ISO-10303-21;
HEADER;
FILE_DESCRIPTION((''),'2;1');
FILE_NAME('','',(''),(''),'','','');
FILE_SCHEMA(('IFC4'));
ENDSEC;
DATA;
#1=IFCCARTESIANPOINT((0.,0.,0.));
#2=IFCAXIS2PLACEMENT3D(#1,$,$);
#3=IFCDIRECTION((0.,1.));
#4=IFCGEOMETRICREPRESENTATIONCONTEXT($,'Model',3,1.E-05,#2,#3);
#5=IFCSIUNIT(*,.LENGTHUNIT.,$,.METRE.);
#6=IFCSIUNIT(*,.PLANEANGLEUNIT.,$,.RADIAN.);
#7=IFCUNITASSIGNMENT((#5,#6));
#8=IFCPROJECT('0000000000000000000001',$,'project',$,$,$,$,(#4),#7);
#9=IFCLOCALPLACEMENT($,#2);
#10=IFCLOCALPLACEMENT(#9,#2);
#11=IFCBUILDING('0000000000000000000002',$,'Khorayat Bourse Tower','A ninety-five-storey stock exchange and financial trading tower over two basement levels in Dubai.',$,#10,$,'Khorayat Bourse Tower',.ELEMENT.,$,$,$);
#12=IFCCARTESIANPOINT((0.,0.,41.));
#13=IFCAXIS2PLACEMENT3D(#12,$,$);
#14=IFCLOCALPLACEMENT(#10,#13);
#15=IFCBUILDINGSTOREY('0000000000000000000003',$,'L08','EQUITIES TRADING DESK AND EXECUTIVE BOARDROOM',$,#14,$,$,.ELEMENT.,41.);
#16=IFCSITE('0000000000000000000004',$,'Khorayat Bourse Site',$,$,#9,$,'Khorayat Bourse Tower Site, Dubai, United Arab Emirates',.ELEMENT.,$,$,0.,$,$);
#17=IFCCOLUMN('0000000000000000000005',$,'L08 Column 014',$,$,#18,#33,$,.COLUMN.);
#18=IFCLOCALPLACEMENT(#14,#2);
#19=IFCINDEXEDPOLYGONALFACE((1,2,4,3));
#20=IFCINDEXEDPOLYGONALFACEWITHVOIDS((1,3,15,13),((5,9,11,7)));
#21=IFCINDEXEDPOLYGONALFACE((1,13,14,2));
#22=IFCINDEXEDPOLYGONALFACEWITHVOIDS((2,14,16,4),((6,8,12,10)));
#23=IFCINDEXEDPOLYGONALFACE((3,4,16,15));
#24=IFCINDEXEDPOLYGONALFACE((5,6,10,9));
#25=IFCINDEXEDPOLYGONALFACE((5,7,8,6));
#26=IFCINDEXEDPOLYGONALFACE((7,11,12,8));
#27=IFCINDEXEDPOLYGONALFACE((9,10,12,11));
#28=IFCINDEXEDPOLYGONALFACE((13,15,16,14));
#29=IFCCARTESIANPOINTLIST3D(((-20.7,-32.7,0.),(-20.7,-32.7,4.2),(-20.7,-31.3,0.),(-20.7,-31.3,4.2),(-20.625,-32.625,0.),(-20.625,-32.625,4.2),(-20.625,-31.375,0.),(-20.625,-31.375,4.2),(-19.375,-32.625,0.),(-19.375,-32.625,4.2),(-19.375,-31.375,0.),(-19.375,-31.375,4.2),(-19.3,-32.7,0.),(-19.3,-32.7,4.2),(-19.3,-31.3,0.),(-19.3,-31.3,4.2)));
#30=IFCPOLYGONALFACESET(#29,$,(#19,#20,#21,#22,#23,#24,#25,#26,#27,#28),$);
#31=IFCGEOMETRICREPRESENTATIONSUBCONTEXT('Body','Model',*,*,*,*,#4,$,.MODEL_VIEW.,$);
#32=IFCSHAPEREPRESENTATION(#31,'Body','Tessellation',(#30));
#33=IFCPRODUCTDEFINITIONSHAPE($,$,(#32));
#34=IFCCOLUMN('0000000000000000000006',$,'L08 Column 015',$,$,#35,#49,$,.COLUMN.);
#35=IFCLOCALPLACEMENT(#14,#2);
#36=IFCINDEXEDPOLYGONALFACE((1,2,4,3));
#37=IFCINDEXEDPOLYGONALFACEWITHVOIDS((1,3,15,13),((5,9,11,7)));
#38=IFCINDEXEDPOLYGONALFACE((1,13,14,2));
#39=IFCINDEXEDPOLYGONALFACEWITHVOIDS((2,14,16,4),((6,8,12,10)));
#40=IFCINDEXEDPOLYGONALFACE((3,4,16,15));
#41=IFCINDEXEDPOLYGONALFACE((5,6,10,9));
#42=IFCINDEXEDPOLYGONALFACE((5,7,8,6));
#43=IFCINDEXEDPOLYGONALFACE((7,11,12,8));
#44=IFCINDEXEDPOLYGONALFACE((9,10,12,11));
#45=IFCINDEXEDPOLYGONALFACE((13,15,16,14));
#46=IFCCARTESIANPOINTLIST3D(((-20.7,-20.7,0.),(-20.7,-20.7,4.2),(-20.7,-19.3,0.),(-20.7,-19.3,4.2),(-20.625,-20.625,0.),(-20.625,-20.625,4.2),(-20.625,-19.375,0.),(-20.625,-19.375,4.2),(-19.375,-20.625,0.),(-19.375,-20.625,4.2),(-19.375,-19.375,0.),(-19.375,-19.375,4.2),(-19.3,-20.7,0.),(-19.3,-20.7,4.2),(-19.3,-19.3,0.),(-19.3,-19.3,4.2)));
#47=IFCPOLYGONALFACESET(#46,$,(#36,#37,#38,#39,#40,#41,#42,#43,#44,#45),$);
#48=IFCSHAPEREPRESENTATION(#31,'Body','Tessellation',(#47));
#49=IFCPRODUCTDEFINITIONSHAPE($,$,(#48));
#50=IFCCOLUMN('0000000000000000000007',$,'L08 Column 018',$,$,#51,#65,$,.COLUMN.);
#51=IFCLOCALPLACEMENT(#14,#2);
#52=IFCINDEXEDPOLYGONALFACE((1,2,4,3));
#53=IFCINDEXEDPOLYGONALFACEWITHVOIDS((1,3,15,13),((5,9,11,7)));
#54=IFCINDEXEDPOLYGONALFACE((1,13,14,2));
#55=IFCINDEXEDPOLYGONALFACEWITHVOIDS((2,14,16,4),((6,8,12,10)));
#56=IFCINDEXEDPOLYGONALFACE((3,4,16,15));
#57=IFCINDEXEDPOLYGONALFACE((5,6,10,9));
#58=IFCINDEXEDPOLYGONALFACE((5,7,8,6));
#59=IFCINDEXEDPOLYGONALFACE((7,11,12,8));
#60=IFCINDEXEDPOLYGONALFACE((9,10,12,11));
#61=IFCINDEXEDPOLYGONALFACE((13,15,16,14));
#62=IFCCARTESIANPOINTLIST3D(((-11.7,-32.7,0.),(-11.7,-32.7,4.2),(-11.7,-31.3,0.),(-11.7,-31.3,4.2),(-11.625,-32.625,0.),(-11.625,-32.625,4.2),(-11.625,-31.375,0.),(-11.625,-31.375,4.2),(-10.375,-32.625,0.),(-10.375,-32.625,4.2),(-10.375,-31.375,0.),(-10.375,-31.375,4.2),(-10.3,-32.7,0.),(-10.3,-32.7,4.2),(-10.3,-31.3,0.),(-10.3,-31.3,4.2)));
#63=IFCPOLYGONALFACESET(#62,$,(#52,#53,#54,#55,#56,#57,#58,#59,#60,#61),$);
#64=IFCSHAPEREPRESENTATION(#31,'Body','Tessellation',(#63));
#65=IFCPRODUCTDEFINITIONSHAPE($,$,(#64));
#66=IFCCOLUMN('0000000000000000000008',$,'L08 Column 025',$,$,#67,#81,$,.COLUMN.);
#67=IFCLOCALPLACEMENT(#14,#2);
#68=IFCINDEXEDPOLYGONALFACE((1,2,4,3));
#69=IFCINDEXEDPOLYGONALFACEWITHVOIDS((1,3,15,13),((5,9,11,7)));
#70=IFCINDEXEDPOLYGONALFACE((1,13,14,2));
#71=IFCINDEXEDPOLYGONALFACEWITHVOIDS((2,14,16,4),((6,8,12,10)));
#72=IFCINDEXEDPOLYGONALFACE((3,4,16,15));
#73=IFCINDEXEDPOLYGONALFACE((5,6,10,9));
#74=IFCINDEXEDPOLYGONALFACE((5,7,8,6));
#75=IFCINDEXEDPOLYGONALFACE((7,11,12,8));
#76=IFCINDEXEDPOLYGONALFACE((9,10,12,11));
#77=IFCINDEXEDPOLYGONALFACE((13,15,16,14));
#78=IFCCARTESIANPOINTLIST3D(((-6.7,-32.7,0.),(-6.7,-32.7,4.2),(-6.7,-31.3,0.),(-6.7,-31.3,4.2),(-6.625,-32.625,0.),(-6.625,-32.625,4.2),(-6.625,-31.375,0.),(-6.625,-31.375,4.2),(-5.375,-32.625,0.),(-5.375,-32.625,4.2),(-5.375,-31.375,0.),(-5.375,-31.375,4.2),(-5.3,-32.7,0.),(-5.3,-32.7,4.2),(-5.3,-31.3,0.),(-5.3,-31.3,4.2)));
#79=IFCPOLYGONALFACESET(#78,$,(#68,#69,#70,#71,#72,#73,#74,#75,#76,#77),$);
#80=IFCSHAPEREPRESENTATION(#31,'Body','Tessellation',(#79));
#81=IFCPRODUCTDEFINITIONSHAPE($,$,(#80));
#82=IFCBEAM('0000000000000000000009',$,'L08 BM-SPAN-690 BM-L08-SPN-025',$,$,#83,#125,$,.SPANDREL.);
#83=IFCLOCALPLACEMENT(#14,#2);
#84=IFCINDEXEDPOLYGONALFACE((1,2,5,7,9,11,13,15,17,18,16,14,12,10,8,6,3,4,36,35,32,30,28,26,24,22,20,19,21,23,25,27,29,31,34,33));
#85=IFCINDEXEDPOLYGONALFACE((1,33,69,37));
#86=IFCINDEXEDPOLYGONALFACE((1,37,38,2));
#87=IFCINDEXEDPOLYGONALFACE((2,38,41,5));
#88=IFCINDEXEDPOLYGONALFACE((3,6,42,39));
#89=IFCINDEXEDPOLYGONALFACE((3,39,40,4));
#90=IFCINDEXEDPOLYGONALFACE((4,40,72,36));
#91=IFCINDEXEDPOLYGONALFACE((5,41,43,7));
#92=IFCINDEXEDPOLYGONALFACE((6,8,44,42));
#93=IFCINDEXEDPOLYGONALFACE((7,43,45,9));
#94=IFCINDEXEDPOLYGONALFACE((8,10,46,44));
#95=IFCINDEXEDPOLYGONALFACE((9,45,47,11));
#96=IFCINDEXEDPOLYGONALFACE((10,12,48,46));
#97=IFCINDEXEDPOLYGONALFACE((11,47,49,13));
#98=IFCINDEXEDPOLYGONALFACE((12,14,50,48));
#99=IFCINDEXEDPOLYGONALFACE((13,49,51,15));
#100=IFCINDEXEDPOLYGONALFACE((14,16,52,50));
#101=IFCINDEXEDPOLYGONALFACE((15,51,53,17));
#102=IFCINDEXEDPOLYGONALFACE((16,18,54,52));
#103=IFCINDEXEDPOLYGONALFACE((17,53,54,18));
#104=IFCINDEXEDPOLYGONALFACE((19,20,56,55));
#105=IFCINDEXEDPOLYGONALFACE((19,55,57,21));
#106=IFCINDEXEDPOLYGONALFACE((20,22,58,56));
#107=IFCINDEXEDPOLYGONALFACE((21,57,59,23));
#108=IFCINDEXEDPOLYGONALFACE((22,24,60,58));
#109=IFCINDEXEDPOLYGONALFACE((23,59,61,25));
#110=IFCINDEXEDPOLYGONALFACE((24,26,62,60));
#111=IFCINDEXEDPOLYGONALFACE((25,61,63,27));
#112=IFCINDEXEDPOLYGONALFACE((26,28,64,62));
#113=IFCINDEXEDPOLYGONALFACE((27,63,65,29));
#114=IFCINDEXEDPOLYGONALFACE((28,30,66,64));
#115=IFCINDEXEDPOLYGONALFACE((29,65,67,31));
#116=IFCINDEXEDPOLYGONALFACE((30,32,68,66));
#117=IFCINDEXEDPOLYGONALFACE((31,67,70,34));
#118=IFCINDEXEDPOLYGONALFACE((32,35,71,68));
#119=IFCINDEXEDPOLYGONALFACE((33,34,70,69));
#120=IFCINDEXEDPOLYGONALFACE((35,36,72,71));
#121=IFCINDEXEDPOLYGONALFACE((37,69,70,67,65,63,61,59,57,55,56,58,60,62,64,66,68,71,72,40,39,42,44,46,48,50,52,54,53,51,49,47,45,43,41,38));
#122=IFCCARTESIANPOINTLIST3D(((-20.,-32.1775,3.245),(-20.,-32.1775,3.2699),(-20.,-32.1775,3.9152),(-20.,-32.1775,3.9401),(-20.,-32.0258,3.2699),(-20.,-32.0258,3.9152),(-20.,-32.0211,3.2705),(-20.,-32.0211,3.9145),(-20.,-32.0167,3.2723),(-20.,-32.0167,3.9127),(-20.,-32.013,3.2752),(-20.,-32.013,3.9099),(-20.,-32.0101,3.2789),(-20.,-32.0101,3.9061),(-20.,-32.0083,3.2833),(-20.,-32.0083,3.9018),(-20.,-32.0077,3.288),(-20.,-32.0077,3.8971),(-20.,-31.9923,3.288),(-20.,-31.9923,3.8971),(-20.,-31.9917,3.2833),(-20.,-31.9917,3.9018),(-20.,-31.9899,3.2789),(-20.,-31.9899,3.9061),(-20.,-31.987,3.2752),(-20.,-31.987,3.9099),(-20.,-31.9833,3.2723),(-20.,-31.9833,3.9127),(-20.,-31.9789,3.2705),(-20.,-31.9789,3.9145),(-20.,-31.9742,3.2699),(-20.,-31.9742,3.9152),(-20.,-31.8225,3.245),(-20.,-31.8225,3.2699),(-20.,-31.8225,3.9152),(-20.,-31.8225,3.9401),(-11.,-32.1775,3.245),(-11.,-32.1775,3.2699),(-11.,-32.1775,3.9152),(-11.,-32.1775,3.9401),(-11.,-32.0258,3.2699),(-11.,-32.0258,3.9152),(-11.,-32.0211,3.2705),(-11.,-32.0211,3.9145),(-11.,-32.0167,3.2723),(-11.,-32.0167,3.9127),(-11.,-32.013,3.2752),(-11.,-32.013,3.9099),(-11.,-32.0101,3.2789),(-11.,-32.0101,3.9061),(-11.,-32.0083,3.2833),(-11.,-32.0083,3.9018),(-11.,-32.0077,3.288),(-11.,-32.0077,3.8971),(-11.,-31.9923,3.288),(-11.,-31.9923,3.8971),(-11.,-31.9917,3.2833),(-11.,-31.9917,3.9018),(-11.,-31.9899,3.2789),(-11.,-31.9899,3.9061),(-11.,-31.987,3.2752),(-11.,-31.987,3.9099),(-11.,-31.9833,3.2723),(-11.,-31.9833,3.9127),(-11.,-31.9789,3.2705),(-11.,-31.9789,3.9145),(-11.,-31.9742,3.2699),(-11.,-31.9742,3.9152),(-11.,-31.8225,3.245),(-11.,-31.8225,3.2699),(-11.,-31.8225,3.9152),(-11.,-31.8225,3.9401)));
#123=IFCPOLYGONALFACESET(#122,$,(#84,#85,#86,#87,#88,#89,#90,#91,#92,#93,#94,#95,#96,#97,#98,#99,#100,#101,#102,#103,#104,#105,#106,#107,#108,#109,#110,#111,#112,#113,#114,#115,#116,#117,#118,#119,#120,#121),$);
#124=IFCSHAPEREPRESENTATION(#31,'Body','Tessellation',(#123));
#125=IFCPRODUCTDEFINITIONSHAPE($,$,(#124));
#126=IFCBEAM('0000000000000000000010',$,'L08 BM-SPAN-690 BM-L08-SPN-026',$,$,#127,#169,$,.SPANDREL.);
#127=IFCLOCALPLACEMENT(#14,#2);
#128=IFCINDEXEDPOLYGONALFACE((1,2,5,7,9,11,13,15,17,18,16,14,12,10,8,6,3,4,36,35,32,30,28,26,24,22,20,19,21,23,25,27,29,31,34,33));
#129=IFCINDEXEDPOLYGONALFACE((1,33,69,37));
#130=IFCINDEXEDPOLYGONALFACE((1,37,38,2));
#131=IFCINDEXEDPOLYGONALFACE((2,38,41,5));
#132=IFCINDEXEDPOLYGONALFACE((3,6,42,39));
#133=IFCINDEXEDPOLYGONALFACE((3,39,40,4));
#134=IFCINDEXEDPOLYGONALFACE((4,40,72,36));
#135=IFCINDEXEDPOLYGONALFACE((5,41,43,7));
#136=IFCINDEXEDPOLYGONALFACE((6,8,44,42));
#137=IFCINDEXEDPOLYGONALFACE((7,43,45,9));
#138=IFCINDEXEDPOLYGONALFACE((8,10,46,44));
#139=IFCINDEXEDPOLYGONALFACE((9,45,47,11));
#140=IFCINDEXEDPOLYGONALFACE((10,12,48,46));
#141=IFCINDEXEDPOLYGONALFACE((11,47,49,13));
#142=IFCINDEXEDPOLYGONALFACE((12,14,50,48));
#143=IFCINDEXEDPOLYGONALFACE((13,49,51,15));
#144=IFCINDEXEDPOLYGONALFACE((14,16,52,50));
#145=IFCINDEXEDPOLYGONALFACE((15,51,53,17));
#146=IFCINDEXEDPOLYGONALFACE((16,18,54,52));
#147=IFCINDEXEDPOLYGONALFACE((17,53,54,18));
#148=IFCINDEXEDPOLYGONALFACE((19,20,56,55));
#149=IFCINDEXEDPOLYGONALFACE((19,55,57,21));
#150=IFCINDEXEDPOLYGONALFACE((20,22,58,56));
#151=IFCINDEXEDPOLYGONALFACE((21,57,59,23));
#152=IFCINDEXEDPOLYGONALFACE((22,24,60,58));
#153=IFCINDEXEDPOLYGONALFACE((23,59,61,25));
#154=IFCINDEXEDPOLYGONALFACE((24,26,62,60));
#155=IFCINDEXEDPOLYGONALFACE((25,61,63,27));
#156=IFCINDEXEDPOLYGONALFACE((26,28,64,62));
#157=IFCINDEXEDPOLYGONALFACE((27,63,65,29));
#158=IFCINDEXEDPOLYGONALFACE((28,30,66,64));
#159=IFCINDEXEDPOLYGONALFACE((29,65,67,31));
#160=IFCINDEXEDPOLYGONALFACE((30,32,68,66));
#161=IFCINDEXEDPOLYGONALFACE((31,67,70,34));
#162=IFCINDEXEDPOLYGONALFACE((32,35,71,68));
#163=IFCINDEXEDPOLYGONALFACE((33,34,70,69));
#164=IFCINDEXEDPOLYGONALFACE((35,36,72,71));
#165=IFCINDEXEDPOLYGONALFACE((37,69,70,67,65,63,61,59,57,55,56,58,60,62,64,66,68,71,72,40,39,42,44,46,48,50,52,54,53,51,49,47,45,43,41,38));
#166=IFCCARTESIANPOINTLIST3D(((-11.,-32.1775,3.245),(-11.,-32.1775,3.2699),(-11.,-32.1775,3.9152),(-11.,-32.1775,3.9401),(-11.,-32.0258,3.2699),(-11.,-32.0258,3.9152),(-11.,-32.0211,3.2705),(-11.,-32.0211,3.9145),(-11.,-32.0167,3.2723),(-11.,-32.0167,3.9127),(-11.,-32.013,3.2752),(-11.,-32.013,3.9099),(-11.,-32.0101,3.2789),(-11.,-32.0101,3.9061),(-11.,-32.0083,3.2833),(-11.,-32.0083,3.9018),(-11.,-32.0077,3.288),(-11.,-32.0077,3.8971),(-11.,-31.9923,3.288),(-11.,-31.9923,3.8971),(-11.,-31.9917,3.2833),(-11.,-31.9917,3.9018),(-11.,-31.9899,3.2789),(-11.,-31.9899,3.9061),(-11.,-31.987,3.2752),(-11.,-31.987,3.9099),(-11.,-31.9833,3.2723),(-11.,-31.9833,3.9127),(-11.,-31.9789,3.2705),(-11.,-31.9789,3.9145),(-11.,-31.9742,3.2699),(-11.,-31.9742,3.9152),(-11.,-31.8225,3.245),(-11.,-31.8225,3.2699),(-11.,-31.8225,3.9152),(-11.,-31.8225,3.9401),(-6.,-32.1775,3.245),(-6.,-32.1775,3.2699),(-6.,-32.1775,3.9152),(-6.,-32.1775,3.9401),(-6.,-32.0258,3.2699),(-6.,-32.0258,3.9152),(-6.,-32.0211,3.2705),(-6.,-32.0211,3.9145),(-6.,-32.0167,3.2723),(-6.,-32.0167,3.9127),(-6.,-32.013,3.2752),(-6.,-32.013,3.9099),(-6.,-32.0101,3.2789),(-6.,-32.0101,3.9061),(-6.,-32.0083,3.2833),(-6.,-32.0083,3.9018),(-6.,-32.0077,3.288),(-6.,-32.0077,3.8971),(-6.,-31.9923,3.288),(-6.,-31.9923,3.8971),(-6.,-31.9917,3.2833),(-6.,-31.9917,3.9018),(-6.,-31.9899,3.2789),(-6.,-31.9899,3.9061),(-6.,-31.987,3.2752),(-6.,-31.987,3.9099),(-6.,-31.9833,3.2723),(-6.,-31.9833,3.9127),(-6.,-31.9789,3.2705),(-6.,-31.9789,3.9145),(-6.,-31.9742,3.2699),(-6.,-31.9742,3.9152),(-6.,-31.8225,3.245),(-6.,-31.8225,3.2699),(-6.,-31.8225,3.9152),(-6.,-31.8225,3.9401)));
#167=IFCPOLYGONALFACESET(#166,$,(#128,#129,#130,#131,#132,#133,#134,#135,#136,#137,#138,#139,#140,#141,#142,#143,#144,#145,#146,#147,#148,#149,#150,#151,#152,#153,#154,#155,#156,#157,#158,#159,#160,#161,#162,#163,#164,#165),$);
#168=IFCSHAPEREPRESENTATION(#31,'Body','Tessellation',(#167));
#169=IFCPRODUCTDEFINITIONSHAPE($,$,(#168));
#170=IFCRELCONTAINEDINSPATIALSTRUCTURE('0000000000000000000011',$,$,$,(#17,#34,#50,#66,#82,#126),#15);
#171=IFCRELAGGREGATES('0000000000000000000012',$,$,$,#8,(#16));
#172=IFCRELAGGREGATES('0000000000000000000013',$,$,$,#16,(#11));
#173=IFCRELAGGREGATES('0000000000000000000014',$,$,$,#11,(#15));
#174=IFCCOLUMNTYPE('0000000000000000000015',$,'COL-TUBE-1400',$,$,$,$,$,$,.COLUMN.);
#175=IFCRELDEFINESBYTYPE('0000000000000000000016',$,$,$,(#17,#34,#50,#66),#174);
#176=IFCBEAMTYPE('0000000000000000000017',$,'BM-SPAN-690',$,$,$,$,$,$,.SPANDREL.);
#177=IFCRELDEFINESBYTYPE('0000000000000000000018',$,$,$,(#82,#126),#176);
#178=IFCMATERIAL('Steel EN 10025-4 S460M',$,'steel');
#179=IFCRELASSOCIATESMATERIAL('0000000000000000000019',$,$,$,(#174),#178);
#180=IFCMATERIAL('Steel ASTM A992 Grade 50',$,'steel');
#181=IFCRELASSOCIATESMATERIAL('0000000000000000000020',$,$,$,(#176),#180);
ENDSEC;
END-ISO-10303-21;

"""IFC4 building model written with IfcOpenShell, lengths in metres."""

from ifc_helpers import new_model, si_unit, direction, frame, origin, origin_2d, place, context, subcontext, project, spatial, hollow_rectangle, i_section, extrude, source, transform, mapped, material, material_profile, profile_set, type_object, element, save


model = new_model("IFC4")

# Units and contexts
model_context = context("Model", 3, precision=1e-05, world=origin(), true_north=direction((0.0, 1.0)))
body_context = subcontext(model_context, "Body", "Model", "MODEL_VIEW")
ifc_project = project(units=[si_unit("LENGTHUNIT", "METRE"), si_unit("PLANEANGLEUNIT", "RADIAN")], contexts=[model_context])

# Site, building, storey
site_placement = place(None, origin())
site = spatial("IfcSite", under=ifc_project, at=site_placement, Name="Khorayat Bourse Site", LongName="Khorayat Bourse Tower Site, Dubai, United Arab Emirates", CompositionType="ELEMENT", RefElevation=0.0)
building_placement = place(site_placement, origin())
building = spatial("IfcBuilding", under=site, at=building_placement, Name="Khorayat Bourse Tower", Description="A ninety-five-storey stock exchange and financial trading tower over two basement levels in Dubai.", LongName="Khorayat Bourse Tower", CompositionType="ELEMENT")
storey_placement = place(building_placement, frame((0.0, 0.0, 41.0)))
storey = spatial("IfcBuildingStorey", under=building, at=storey_placement, Name="L08", Description="EQUITIES TRADING DESK AND EXECUTIVE BOARDROOM", CompositionType="ELEMENT", Elevation=41.0)

# Columns
ifc_material_1 = material(Name="Steel EN 10025-4 S460M", Category="steel")
ifc_material_profile_1 = material_profile(ifc_material_1, hollow_rectangle(XDim=1.3999, YDim=1.3999, WallThickness=0.075, at=origin_2d()), Name="BOX 1400x1400x75")
ifc_profile_set_1 = profile_set([ifc_material_profile_1], Name="Steel EN 10025-4 S460M")
column_type = type_object("IfcColumnType", Name="COL-TUBE-1400", PredefinedType="COLUMN", material=ifc_profile_set_1)
shared_shape_1 = source(origin(), body_context, "Body", "SweptSolid", [
    extrude(hollow_rectangle(XDim=1.3999, YDim=1.3999, WallThickness=0.075, at=origin_2d()), origin(), (0.0, 0.0, 1.0), 4.2),
])
for number, where, z_axis, x_axis, name in (
    (1, (-20.0, -32.0, 0.0), (0.0, 0.0, 1.0), (1.0, 0.0, 0.0), "L08 Column 014"),
    (2, (-20.0, -20.0, 0.0), (0.0, 0.0, 1.0), (1.0, 0.0, 0.0), "L08 Column 015"),
    (3, (-11.0, -32.0, 0.0), (0.0, 0.0, 1.0), (1.0, 0.0, 0.0), "L08 Column 018"),
    (4, (-6.0, -32.0, 0.0), (0.0, 0.0, 1.0), (1.0, 0.0, 0.0), "L08 Column 025"),
):
    element("IfcColumn", number, at=place(storey_placement, frame(where, z_axis=z_axis, x_axis=x_axis)), inside=storey, type_object=column_type, Name=name, PredefinedType="COLUMN", context=body_context, shape_type="MappedRepresentation", body=[
        mapped(shared_shape_1, transform((0.0, 0.0, 0.0), scale=1.0)),
    ])

# Beams
ifc_material_2 = material(Name="Steel ASTM A992 Grade 50", Category="steel")
ifc_material_profile_2 = material_profile(ifc_material_2, i_section(OverallWidth=0.355, OverallDepth=0.6951, WebThickness=0.0154, FlangeThickness=0.0249, FilletRadius=0.0181, at=origin_2d()), Name="W690X217")
ifc_profile_set_2 = profile_set([ifc_material_profile_2], Name="Steel ASTM A992 Grade 50")
beam_type_1 = type_object("IfcBeamType", Name="BM-SPAN-690", PredefinedType="SPANDREL", material=ifc_profile_set_2)
shared_shape_2 = source(origin(), body_context, "Body", "SweptSolid", [
    extrude(i_section(OverallWidth=0.355, OverallDepth=0.6951, WebThickness=0.0154, FlangeThickness=0.0249, FilletRadius=0.0181, at=origin_2d()), origin(), (0.0, 0.0, 1.0), 9.0),
])
beam_1_placement = place(storey_placement, frame((-20.0, -32.0, 3.5925), z_axis=(1.0, 0.0, 0.0), x_axis=(0.0, 1.0, 0.0)))
element("IfcBeam", 5, at=beam_1_placement, inside=storey, type_object=beam_type_1, Name="L08 BM-SPAN-690 BM-L08-SPN-025", PredefinedType="SPANDREL", context=body_context, shape_type="MappedRepresentation", body=[
    mapped(shared_shape_2, transform((0.0, 0.0, 0.0), scale=1.0)),
])
shared_shape_3 = source(origin(), body_context, "Body", "SweptSolid", [
    extrude(i_section(OverallWidth=0.355, OverallDepth=0.6951, WebThickness=0.0154, FlangeThickness=0.0249, FilletRadius=0.0181, at=origin_2d()), origin(), (0.0, 0.0, 1.0), 5.0),
])
beam_2_placement = place(storey_placement, frame((-11.0, -32.0, 3.5925), z_axis=(1.0, 0.0, 0.0), x_axis=(0.0, 1.0, 0.0)))
element("IfcBeam", 6, at=beam_2_placement, inside=storey, type_object=beam_type_1, Name="L08 BM-SPAN-690 BM-L08-SPN-026", PredefinedType="SPANDREL", context=body_context, shape_type="MappedRepresentation", body=[
    mapped(shared_shape_3, transform((0.0, 0.0, 0.0), scale=1.0)),
])

save(model, "model.ifc")
